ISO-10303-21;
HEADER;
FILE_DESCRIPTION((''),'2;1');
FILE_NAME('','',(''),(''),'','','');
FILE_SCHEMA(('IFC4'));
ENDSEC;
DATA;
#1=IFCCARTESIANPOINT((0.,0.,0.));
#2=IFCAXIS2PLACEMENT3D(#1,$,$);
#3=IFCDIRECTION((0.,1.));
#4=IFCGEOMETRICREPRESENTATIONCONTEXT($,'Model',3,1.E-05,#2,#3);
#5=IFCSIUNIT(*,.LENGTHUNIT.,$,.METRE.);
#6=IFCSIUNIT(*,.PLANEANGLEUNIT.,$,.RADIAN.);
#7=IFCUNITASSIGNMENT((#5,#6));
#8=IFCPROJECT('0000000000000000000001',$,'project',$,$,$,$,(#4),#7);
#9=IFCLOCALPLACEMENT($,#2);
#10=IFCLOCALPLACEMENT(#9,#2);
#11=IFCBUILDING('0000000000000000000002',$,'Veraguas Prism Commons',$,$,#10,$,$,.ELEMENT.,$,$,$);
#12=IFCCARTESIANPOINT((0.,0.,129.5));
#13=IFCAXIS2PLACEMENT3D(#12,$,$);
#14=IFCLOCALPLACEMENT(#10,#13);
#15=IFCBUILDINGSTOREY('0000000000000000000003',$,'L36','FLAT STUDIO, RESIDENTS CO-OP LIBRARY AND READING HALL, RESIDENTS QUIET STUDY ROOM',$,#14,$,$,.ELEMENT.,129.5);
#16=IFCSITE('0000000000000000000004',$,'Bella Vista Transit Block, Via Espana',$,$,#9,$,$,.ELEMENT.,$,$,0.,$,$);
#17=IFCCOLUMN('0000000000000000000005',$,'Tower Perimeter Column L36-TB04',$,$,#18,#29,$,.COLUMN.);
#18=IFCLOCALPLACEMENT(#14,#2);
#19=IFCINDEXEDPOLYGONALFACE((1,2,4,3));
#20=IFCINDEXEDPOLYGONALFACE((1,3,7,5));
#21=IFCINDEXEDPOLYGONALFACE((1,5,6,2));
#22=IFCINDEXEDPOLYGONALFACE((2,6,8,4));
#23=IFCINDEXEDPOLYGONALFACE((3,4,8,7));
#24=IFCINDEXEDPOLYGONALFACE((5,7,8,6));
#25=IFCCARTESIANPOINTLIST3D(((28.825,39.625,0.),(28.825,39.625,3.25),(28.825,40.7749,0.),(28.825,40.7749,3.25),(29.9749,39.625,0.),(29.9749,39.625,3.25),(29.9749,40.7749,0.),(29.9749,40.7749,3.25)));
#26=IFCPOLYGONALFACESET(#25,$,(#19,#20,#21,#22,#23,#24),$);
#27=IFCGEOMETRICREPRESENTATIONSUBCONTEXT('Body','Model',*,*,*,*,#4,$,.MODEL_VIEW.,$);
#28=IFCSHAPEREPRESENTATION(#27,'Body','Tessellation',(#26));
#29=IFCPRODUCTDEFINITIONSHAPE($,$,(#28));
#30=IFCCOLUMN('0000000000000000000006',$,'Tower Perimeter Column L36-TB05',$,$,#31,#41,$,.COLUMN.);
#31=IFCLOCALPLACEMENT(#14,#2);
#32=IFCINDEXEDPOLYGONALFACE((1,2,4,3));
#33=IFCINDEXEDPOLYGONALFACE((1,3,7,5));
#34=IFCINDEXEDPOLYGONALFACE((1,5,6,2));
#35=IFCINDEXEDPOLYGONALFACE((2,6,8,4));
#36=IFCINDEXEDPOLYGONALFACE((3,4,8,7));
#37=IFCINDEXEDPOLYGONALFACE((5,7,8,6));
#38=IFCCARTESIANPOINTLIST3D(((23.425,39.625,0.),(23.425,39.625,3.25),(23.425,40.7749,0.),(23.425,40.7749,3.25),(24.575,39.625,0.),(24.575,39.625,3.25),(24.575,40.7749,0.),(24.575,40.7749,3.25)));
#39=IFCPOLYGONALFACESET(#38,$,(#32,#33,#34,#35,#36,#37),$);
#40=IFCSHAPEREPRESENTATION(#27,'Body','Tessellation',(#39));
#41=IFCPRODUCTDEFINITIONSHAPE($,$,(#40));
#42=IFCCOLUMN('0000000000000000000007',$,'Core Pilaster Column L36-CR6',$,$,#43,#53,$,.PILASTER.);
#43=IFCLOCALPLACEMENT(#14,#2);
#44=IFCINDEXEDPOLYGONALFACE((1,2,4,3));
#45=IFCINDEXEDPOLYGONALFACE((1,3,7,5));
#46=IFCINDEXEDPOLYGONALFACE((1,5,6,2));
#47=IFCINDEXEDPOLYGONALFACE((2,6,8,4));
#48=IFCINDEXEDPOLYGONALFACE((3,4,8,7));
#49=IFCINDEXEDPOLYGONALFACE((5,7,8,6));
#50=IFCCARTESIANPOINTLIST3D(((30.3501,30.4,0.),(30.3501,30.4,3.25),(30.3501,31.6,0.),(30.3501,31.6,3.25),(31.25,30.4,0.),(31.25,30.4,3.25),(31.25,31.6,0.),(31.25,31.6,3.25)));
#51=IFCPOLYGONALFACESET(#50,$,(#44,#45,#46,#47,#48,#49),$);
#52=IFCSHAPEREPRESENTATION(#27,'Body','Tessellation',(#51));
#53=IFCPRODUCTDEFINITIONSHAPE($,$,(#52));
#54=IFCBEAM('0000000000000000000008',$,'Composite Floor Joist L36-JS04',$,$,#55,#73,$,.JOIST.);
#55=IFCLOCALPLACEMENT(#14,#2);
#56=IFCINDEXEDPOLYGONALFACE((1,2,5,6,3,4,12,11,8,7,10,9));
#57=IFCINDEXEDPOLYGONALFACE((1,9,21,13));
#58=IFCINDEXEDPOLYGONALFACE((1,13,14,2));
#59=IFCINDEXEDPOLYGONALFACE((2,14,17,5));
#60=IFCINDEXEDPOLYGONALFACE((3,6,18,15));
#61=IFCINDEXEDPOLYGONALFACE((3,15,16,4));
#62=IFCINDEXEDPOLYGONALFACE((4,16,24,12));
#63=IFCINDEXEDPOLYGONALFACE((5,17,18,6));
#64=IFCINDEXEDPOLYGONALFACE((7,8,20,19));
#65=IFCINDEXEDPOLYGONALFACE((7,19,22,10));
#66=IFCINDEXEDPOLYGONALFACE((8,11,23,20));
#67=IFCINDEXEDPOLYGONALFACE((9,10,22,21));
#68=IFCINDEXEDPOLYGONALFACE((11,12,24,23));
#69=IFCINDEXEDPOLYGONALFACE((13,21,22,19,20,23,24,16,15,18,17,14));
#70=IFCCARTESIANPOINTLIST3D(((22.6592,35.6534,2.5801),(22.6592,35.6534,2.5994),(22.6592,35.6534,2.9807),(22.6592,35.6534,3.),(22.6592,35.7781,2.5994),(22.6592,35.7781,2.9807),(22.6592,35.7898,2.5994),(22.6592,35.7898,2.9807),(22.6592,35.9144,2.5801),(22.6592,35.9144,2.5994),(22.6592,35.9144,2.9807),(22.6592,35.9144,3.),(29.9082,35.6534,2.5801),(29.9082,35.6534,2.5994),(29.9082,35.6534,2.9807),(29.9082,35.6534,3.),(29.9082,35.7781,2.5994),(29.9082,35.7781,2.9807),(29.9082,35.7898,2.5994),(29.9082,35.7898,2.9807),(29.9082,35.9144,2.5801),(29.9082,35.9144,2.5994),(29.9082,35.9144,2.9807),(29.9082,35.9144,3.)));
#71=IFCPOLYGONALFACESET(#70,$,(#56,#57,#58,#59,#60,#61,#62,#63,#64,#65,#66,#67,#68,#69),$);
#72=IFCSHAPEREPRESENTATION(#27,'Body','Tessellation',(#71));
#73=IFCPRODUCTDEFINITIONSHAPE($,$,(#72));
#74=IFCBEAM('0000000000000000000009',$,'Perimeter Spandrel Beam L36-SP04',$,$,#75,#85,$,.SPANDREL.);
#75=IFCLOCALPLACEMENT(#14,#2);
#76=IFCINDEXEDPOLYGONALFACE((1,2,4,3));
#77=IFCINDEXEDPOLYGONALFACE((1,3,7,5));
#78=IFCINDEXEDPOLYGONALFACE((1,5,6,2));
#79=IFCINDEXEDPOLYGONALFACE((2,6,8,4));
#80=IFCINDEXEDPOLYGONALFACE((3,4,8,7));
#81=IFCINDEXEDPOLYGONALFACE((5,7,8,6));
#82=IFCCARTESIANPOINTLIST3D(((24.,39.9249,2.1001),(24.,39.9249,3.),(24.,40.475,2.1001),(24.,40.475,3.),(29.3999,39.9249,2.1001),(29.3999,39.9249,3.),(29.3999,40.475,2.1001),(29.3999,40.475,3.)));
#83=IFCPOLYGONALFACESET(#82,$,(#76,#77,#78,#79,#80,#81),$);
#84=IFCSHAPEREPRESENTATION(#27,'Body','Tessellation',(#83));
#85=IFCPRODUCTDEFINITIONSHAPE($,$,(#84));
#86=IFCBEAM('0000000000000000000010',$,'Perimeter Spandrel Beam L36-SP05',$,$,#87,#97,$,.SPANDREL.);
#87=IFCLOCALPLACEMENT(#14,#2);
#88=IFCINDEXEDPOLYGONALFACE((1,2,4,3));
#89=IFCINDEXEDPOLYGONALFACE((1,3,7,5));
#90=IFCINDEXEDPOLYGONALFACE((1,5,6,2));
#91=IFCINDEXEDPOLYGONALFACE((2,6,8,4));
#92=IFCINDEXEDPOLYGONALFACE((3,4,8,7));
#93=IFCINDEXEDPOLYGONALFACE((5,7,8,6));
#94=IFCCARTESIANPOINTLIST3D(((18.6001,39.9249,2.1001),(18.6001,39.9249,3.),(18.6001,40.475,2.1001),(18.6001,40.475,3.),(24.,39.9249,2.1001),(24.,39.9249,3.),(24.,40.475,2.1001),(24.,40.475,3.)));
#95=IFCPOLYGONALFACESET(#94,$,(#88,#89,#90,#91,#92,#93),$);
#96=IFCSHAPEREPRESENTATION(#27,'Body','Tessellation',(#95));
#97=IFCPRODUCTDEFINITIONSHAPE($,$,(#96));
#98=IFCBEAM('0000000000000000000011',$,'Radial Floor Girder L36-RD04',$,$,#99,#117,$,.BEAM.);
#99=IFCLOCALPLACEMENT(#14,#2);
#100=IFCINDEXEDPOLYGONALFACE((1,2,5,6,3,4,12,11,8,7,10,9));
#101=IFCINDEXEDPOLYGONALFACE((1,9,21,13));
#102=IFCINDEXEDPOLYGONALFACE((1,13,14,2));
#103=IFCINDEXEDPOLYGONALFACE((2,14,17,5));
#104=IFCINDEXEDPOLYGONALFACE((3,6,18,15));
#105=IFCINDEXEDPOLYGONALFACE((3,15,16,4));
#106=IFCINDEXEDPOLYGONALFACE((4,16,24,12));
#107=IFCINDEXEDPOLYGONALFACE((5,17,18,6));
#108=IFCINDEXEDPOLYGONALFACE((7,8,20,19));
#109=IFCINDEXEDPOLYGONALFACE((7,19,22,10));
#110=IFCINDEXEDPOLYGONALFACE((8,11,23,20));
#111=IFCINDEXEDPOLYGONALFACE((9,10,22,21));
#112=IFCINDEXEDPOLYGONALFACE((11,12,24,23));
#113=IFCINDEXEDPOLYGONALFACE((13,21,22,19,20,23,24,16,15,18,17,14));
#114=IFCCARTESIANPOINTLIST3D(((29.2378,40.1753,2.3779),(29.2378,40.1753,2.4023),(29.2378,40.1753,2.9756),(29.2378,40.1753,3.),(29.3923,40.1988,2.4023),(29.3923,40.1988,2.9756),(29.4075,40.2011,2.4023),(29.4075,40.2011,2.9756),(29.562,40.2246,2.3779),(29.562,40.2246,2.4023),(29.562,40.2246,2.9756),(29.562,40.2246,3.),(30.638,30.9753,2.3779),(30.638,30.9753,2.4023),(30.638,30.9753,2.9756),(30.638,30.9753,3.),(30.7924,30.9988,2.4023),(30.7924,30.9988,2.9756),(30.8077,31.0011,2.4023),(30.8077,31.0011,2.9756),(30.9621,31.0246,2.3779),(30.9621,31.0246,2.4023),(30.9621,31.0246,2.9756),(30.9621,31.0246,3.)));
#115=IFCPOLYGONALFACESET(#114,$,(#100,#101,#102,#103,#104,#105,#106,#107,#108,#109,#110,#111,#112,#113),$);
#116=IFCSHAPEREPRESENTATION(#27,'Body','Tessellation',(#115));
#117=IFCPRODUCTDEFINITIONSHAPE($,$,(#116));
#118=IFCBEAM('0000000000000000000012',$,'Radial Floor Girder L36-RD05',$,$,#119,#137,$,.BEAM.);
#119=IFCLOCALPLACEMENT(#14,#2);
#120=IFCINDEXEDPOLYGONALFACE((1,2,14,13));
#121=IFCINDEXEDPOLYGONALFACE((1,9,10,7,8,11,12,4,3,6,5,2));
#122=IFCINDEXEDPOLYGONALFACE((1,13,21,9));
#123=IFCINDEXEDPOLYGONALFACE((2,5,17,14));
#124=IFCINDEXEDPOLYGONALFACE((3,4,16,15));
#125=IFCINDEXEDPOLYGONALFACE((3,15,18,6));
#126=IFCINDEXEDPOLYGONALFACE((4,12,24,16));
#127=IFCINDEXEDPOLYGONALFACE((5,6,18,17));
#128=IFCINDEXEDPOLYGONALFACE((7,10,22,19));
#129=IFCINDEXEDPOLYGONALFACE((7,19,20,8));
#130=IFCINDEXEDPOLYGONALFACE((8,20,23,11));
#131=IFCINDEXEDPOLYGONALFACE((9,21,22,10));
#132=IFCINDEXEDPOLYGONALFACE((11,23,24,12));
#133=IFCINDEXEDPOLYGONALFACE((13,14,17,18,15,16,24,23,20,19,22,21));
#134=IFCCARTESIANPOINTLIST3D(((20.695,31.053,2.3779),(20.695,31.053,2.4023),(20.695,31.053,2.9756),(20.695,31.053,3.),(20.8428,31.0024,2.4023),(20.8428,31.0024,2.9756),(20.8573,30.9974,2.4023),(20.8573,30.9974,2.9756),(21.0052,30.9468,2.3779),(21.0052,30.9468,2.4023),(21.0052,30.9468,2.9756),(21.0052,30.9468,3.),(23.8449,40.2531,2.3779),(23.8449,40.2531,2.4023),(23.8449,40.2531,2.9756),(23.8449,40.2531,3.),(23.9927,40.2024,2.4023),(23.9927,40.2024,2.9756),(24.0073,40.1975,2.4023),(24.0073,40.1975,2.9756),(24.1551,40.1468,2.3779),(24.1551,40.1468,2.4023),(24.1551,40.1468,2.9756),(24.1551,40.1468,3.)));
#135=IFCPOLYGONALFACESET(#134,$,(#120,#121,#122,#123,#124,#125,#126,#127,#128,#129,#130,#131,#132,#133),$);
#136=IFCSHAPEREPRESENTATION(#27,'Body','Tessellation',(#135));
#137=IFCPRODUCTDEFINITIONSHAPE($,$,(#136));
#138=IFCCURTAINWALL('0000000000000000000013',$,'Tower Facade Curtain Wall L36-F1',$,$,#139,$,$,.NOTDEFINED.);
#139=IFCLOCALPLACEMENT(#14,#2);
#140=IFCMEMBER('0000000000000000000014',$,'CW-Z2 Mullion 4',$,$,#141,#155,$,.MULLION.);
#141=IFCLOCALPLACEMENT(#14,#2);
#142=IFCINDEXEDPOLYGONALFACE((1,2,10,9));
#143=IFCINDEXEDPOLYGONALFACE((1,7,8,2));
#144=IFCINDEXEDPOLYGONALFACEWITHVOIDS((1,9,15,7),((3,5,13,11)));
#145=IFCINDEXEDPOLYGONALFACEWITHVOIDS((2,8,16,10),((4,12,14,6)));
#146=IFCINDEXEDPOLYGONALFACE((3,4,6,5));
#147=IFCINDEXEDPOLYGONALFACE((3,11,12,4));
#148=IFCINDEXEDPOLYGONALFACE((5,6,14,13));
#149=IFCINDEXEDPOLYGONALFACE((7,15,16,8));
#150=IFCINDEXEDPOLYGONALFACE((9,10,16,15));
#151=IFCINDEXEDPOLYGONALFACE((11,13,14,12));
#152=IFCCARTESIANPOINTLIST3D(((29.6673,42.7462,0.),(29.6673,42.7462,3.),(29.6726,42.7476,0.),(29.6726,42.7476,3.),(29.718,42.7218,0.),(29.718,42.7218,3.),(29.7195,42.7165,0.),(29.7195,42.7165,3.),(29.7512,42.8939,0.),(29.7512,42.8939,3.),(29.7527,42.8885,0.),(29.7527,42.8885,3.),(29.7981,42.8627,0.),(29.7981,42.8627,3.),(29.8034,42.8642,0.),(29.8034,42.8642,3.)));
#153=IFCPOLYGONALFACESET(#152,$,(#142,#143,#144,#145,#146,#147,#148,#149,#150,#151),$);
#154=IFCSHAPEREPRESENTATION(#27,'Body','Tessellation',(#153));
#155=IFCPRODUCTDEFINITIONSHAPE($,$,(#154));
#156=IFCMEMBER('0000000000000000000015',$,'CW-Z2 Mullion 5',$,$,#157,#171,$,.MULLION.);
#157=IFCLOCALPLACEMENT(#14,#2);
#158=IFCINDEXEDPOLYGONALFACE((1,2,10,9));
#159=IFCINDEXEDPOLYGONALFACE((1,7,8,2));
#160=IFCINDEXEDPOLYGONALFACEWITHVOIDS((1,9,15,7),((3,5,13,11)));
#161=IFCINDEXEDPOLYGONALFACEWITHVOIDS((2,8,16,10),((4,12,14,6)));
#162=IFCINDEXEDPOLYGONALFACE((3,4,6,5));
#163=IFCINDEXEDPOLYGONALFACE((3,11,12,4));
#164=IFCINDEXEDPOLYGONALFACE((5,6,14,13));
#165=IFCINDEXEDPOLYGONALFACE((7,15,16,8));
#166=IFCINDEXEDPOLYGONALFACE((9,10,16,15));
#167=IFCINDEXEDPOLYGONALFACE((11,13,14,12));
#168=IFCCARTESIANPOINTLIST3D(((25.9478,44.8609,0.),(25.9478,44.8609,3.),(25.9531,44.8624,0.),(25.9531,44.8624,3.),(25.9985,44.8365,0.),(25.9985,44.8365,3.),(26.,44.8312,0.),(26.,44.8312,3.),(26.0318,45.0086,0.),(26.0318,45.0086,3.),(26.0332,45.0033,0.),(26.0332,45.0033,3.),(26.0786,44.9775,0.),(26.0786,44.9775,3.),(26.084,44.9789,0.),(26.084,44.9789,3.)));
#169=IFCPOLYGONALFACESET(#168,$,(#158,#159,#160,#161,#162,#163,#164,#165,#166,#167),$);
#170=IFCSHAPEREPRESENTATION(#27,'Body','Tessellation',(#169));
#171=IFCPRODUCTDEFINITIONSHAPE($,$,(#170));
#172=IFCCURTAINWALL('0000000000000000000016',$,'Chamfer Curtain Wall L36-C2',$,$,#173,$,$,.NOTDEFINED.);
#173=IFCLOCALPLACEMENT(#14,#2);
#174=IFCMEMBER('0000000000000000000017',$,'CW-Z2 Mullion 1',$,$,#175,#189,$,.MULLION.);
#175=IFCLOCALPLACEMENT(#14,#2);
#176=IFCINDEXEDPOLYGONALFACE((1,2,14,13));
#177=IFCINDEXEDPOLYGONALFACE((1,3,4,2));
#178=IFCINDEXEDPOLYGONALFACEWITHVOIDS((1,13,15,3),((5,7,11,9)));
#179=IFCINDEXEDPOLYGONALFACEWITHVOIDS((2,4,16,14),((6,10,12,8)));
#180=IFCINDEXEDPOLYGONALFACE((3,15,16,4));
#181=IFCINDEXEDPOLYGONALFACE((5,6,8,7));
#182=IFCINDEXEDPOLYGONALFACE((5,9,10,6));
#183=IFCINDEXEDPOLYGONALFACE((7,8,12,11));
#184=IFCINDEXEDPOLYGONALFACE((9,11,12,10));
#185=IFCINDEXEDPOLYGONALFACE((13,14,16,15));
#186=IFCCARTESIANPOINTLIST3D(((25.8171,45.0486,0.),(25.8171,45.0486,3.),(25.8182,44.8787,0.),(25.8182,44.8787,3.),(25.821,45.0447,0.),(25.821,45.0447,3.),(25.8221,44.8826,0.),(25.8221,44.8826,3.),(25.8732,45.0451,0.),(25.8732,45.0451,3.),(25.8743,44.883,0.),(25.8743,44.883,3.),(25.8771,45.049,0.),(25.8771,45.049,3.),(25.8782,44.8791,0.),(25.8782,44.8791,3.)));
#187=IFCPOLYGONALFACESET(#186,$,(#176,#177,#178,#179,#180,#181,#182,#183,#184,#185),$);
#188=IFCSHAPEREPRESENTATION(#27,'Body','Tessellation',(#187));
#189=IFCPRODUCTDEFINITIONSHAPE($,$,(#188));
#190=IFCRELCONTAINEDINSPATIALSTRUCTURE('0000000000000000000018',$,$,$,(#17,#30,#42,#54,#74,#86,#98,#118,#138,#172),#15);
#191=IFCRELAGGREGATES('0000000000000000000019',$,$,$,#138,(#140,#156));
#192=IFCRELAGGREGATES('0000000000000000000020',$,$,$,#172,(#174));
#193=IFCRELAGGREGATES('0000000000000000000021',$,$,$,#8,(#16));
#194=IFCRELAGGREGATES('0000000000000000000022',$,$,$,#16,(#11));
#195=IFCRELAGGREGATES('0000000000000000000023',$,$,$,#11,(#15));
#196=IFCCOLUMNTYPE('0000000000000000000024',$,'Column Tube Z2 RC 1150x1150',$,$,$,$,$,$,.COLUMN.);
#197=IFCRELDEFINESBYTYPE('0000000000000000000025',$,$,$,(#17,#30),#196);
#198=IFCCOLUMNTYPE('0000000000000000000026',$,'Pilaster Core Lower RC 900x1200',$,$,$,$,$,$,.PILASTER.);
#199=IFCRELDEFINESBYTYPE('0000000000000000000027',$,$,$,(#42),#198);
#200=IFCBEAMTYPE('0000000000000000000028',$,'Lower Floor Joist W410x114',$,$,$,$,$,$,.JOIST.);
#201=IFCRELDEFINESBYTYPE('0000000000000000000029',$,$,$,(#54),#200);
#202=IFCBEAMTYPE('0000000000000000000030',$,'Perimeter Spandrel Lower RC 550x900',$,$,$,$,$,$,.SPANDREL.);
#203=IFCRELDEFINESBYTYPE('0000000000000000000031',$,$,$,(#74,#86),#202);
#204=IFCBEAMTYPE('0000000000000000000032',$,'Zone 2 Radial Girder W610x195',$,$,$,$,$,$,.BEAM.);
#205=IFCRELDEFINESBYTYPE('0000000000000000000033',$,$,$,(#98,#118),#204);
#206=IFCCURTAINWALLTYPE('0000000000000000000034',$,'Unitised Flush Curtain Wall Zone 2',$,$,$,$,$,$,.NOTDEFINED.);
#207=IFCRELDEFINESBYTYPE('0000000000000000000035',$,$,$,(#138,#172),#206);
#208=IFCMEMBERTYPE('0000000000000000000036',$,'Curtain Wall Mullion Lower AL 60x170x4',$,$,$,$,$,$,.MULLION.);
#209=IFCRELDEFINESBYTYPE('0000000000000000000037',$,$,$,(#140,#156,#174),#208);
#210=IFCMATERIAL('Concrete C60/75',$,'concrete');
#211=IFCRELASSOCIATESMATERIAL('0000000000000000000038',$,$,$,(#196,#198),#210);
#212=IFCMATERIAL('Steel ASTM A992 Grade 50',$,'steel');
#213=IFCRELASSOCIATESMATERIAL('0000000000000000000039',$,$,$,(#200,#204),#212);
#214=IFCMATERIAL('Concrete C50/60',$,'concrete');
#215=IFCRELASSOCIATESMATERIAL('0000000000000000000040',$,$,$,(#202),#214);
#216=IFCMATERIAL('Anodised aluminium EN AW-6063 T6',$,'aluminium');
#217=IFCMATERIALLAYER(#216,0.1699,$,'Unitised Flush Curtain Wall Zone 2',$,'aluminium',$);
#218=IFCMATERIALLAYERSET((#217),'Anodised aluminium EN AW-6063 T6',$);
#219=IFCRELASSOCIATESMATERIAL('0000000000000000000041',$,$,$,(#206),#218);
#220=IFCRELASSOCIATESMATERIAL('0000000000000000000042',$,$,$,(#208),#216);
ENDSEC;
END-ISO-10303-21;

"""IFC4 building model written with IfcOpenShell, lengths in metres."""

from ifc_helpers import new_model, si_unit, direction, frame, origin, origin_2d, place, context, subcontext, project, spatial, rectangle, hollow_rectangle, i_section, extrude, source, transform, mapped, material, layer, layer_set, material_profile, profile_set, type_object, element, aggregate, save


model = new_model("IFC4")

# Units and contexts
model_context = context("Model", 3, precision=1e-05, world=origin(), true_north=direction((0.0, 1.0)))
body_context = subcontext(model_context, "Body", "Model", "MODEL_VIEW")
ifc_project = project(units=[si_unit("LENGTHUNIT", "METRE"), si_unit("PLANEANGLEUNIT", "RADIAN")], contexts=[model_context])

# Site, building, storey
site_placement = place(None, origin())
site = spatial("IfcSite", under=ifc_project, at=site_placement, Name="Bella Vista Transit Block, Via Espana", CompositionType="ELEMENT", RefElevation=0.0)
building_placement = place(site_placement, origin())
building = spatial("IfcBuilding", under=site, at=building_placement, Name="Veraguas Prism Commons", CompositionType="ELEMENT")
storey_placement = place(building_placement, frame((0.0, 0.0, 129.5)))
storey = spatial("IfcBuildingStorey", under=building, at=storey_placement, Name="L36", Description="FLAT STUDIO, RESIDENTS CO-OP LIBRARY AND READING HALL, RESIDENTS QUIET STUDY ROOM", CompositionType="ELEMENT", Elevation=129.5)

# Columns
ifc_material_1 = material(Name="Concrete C60/75", Category="concrete")
ifc_material_profile_1 = material_profile(ifc_material_1, rectangle(XDim=1.1499, YDim=1.1499, at=origin_2d()), Name="RC1150X1150")
ifc_profile_set_1 = profile_set([ifc_material_profile_1], Name="Concrete C60/75")
column_type_1 = type_object("IfcColumnType", Name="Column Tube Z2 RC 1150x1150", PredefinedType="COLUMN", material=ifc_profile_set_1)
for number, where, z_axis, x_axis, name in (
    (1, (29.3999, 40.2, 0.0), (0.0, 0.0, 1.0), (1.0, 0.0, 0.0), "Tower Perimeter Column L36-TB04"),
    (2, (24.0, 40.2, 0.0), (0.0, 0.0, 1.0), (1.0, 0.0, 0.0), "Tower Perimeter Column L36-TB05"),
):
    element("IfcColumn", number, at=place(storey_placement, frame(where, z_axis=z_axis, x_axis=x_axis)), inside=storey, type_object=column_type_1, Name=name, PredefinedType="COLUMN", context=body_context, shape_type="SweptSolid", body=[
        extrude(rectangle(XDim=1.1499, YDim=1.1499, at=origin_2d()), origin(), (0.0, 0.0, 1.0), 3.25),
    ])
ifc_material_profile_2 = material_profile(ifc_material_1, rectangle(XDim=0.8999, YDim=1.2, at=origin_2d()), Name="RC900X1200")
ifc_profile_set_2 = profile_set([ifc_material_profile_2], Name="Concrete C60/75")
column_type_2 = type_object("IfcColumnType", Name="Pilaster Core Lower RC 900x1200", PredefinedType="PILASTER", material=ifc_profile_set_2)
column_placement = place(storey_placement, frame((30.8, 31.0, 0.0), z_axis=(0.0, 0.0, 1.0), x_axis=(1.0, 0.0, 0.0)))
element("IfcColumn", 3, at=column_placement, inside=storey, type_object=column_type_2, Name="Core Pilaster Column L36-CR6", PredefinedType="PILASTER", context=body_context, shape_type="SweptSolid", body=[
    extrude(rectangle(XDim=0.8999, YDim=1.2, at=origin_2d()), origin(), (0.0, 0.0, 1.0), 3.25),
])

# Beams
ifc_material_2 = material(Name="Steel ASTM A992 Grade 50", Category="steel")
ifc_material_profile_3 = material_profile(ifc_material_2, i_section(OverallWidth=0.261, OverallDepth=0.4199, WebThickness=0.0117, FlangeThickness=0.0193, at=origin_2d()), Name="W410X114")
ifc_profile_set_3 = profile_set([ifc_material_profile_3], Name="Steel ASTM A992 Grade 50")
beam_type_1 = type_object("IfcBeamType", Name="Lower Floor Joist W410x114", PredefinedType="JOIST", material=ifc_profile_set_3)
beam_1_placement = place(storey_placement, frame((29.9082, 35.7839, 2.79), z_axis=(-1.0, 0.0, 0.0), x_axis=(0.0, -1.0, 0.0)))
element("IfcBeam", 4, at=beam_1_placement, inside=storey, type_object=beam_type_1, Name="Composite Floor Joist L36-JS04", PredefinedType="JOIST", context=body_context, shape_type="SweptSolid", body=[
    extrude(i_section(OverallWidth=0.261, OverallDepth=0.4199, WebThickness=0.0117, FlangeThickness=0.0193, at=origin_2d()), origin(), (0.0, 0.0, 1.0), 7.249),
])
ifc_material_3 = material(Name="Concrete C50/60", Category="concrete")
ifc_material_profile_4 = material_profile(ifc_material_3, rectangle(XDim=0.55, YDim=0.8999, at=origin_2d()), Name="RC550X900")
ifc_profile_set_4 = profile_set([ifc_material_profile_4], Name="Concrete C50/60")
beam_type_2 = type_object("IfcBeamType", Name="Perimeter Spandrel Lower RC 550x900", PredefinedType="SPANDREL", material=ifc_profile_set_4)
for number, where, z_axis, x_axis, name in (
    (5, (29.3999, 40.2, 2.55), (-1.0, 0.0, 0.0), (0.0, -1.0, 0.0), "Perimeter Spandrel Beam L36-SP04"),
    (6, (24.0, 40.2, 2.55), (-1.0, 0.0, 0.0), (0.0, -1.0, 0.0), "Perimeter Spandrel Beam L36-SP05"),
):
    element("IfcBeam", number, at=place(storey_placement, frame(where, z_axis=z_axis, x_axis=x_axis)), inside=storey, type_object=beam_type_2, Name=name, PredefinedType="SPANDREL", context=body_context, shape_type="SweptSolid", body=[
        extrude(rectangle(XDim=0.55, YDim=0.8999, at=origin_2d()), origin(), (0.0, 0.0, 1.0), 5.3999),
    ])
ifc_material_profile_5 = material_profile(ifc_material_2, i_section(OverallWidth=0.3279, OverallDepth=0.6221, WebThickness=0.0154, FlangeThickness=0.0244, at=origin_2d()), Name="W610X195")
ifc_profile_set_5 = profile_set([ifc_material_profile_5], Name="Steel ASTM A992 Grade 50")
beam_type_3 = type_object("IfcBeamType", Name="Zone 2 Radial Girder W610x195", PredefinedType="BEAM", material=ifc_profile_set_5)
beam_2_placement = place(storey_placement, frame((29.3999, 40.2, 2.689), z_axis=(0.150458, -0.988616, 0.0), x_axis=(0.988616, 0.150458, 0.0)))
element("IfcBeam", 7, at=beam_2_placement, inside=storey, type_object=beam_type_3, Name="Radial Floor Girder L36-RD04", PredefinedType="BEAM", context=body_context, shape_type="SweptSolid", body=[
    extrude(i_section(OverallWidth=0.3279, OverallDepth=0.6221, WebThickness=0.0154, FlangeThickness=0.0244, at=origin_2d()), origin(), (0.0, 0.0, 1.0), 9.3059),
])
beam_3_placement = place(storey_placement, frame((24.0, 40.2, 2.689), z_axis=(-0.323922, -0.946084, 0.0), x_axis=(0.946084, -0.323922, 0.0)))
element("IfcBeam", 8, at=beam_3_placement, inside=storey, type_object=beam_type_3, Name="Radial Floor Girder L36-RD05", PredefinedType="BEAM", context=body_context, shape_type="SweptSolid", body=[
    extrude(i_section(OverallWidth=0.3279, OverallDepth=0.6221, WebThickness=0.0154, FlangeThickness=0.0244, at=origin_2d()), origin(), (0.0, 0.0, 1.0), 9.7244),
])

# Curtain walls, members
ifc_material_4 = material(Name="Anodised aluminium EN AW-6063 T6", Category="aluminium")
ifc_layer_1 = layer(ifc_material_4, 0.1699, Name="Unitised Flush Curtain Wall Zone 2", Category="aluminium")
ifc_layer_set_1 = layer_set([ifc_layer_1], Name="Anodised aluminium EN AW-6063 T6")
curtain_wall_type = type_object("IfcCurtainWallType", Name="Unitised Flush Curtain Wall Zone 2", PredefinedType="NOTDEFINED", material=ifc_layer_set_1)
curtain_wall_1_placement = place(storey_placement, origin())
curtain_wall_1 = element("IfcCurtainWall", 9, at=curtain_wall_1_placement, inside=storey, type_object=curtain_wall_type, Name="Tower Facade Curtain Wall L36-F1", PredefinedType="NOTDEFINED")
ifc_material_profile_6 = material_profile(ifc_material_4, hollow_rectangle(XDim=0.0601, YDim=0.1699, WallThickness=0.0039, at=origin_2d()), Name="AL60X170X4")
ifc_profile_set_6 = profile_set([ifc_material_profile_6], Name="Anodised aluminium EN AW-6063 T6")
member_type_1 = type_object("IfcMemberType", Name="Curtain Wall Mullion Lower AL 60x170x4", PredefinedType="MULLION", material=ifc_profile_set_6)
shared_shape_1 = source(origin(), body_context, "Body", "SweptSolid", [
    extrude(hollow_rectangle(XDim=0.0601, YDim=0.1699, WallThickness=0.0039, at=origin_2d()), origin(), (0.0, 0.0, 1.0), 3.0),
])
member_1_placement = place(storey_placement, frame((29.7354, 42.8052, 0.0), z_axis=(0.0, 0.0, 1.0), x_axis=(-0.869323, 0.494244, 0.0)))
member_1 = element("IfcMember", 10, at=member_1_placement, type_object=member_type_1, Name="CW-Z2 Mullion 4", PredefinedType="MULLION", context=body_context, shape_type="MappedRepresentation", body=[
    mapped(shared_shape_1, transform((0.0, 0.0, 0.0), scale=1.0)),
])
member_2_placement = place(storey_placement, frame((26.0159, 44.9199, 0.0), z_axis=(0.0, 0.0, 1.0), x_axis=(-0.869323, 0.494244, 0.0)))
member_2 = element("IfcMember", 11, at=member_2_placement, type_object=member_type_1, Name="CW-Z2 Mullion 5", PredefinedType="MULLION", context=body_context, shape_type="MappedRepresentation", body=[
    mapped(shared_shape_1, transform((0.0, 0.0, 0.0), scale=1.0)),
])
curtain_wall_2_placement = place(storey_placement, origin())
curtain_wall_2 = element("IfcCurtainWall", 12, at=curtain_wall_2_placement, inside=storey, type_object=curtain_wall_type, Name="Chamfer Curtain Wall L36-C2", PredefinedType="NOTDEFINED")
member_3_placement = place(storey_placement, frame((25.8477, 44.9639, 0.0), z_axis=(0.0, 0.0, 1.0), x_axis=(-0.999978, -0.00662, 0.0)))
member_3 = element("IfcMember", 13, at=member_3_placement, type_object=member_type_1, Name="CW-Z2 Mullion 1", PredefinedType="MULLION", context=body_context, shape_type="MappedRepresentation", body=[
    mapped(shared_shape_1, transform((0.0, 0.0, 0.0), scale=1.0)),
])

aggregate(curtain_wall_1, [member_1, member_2])
aggregate(curtain_wall_2, [member_3])

save(model, "model.ifc")
